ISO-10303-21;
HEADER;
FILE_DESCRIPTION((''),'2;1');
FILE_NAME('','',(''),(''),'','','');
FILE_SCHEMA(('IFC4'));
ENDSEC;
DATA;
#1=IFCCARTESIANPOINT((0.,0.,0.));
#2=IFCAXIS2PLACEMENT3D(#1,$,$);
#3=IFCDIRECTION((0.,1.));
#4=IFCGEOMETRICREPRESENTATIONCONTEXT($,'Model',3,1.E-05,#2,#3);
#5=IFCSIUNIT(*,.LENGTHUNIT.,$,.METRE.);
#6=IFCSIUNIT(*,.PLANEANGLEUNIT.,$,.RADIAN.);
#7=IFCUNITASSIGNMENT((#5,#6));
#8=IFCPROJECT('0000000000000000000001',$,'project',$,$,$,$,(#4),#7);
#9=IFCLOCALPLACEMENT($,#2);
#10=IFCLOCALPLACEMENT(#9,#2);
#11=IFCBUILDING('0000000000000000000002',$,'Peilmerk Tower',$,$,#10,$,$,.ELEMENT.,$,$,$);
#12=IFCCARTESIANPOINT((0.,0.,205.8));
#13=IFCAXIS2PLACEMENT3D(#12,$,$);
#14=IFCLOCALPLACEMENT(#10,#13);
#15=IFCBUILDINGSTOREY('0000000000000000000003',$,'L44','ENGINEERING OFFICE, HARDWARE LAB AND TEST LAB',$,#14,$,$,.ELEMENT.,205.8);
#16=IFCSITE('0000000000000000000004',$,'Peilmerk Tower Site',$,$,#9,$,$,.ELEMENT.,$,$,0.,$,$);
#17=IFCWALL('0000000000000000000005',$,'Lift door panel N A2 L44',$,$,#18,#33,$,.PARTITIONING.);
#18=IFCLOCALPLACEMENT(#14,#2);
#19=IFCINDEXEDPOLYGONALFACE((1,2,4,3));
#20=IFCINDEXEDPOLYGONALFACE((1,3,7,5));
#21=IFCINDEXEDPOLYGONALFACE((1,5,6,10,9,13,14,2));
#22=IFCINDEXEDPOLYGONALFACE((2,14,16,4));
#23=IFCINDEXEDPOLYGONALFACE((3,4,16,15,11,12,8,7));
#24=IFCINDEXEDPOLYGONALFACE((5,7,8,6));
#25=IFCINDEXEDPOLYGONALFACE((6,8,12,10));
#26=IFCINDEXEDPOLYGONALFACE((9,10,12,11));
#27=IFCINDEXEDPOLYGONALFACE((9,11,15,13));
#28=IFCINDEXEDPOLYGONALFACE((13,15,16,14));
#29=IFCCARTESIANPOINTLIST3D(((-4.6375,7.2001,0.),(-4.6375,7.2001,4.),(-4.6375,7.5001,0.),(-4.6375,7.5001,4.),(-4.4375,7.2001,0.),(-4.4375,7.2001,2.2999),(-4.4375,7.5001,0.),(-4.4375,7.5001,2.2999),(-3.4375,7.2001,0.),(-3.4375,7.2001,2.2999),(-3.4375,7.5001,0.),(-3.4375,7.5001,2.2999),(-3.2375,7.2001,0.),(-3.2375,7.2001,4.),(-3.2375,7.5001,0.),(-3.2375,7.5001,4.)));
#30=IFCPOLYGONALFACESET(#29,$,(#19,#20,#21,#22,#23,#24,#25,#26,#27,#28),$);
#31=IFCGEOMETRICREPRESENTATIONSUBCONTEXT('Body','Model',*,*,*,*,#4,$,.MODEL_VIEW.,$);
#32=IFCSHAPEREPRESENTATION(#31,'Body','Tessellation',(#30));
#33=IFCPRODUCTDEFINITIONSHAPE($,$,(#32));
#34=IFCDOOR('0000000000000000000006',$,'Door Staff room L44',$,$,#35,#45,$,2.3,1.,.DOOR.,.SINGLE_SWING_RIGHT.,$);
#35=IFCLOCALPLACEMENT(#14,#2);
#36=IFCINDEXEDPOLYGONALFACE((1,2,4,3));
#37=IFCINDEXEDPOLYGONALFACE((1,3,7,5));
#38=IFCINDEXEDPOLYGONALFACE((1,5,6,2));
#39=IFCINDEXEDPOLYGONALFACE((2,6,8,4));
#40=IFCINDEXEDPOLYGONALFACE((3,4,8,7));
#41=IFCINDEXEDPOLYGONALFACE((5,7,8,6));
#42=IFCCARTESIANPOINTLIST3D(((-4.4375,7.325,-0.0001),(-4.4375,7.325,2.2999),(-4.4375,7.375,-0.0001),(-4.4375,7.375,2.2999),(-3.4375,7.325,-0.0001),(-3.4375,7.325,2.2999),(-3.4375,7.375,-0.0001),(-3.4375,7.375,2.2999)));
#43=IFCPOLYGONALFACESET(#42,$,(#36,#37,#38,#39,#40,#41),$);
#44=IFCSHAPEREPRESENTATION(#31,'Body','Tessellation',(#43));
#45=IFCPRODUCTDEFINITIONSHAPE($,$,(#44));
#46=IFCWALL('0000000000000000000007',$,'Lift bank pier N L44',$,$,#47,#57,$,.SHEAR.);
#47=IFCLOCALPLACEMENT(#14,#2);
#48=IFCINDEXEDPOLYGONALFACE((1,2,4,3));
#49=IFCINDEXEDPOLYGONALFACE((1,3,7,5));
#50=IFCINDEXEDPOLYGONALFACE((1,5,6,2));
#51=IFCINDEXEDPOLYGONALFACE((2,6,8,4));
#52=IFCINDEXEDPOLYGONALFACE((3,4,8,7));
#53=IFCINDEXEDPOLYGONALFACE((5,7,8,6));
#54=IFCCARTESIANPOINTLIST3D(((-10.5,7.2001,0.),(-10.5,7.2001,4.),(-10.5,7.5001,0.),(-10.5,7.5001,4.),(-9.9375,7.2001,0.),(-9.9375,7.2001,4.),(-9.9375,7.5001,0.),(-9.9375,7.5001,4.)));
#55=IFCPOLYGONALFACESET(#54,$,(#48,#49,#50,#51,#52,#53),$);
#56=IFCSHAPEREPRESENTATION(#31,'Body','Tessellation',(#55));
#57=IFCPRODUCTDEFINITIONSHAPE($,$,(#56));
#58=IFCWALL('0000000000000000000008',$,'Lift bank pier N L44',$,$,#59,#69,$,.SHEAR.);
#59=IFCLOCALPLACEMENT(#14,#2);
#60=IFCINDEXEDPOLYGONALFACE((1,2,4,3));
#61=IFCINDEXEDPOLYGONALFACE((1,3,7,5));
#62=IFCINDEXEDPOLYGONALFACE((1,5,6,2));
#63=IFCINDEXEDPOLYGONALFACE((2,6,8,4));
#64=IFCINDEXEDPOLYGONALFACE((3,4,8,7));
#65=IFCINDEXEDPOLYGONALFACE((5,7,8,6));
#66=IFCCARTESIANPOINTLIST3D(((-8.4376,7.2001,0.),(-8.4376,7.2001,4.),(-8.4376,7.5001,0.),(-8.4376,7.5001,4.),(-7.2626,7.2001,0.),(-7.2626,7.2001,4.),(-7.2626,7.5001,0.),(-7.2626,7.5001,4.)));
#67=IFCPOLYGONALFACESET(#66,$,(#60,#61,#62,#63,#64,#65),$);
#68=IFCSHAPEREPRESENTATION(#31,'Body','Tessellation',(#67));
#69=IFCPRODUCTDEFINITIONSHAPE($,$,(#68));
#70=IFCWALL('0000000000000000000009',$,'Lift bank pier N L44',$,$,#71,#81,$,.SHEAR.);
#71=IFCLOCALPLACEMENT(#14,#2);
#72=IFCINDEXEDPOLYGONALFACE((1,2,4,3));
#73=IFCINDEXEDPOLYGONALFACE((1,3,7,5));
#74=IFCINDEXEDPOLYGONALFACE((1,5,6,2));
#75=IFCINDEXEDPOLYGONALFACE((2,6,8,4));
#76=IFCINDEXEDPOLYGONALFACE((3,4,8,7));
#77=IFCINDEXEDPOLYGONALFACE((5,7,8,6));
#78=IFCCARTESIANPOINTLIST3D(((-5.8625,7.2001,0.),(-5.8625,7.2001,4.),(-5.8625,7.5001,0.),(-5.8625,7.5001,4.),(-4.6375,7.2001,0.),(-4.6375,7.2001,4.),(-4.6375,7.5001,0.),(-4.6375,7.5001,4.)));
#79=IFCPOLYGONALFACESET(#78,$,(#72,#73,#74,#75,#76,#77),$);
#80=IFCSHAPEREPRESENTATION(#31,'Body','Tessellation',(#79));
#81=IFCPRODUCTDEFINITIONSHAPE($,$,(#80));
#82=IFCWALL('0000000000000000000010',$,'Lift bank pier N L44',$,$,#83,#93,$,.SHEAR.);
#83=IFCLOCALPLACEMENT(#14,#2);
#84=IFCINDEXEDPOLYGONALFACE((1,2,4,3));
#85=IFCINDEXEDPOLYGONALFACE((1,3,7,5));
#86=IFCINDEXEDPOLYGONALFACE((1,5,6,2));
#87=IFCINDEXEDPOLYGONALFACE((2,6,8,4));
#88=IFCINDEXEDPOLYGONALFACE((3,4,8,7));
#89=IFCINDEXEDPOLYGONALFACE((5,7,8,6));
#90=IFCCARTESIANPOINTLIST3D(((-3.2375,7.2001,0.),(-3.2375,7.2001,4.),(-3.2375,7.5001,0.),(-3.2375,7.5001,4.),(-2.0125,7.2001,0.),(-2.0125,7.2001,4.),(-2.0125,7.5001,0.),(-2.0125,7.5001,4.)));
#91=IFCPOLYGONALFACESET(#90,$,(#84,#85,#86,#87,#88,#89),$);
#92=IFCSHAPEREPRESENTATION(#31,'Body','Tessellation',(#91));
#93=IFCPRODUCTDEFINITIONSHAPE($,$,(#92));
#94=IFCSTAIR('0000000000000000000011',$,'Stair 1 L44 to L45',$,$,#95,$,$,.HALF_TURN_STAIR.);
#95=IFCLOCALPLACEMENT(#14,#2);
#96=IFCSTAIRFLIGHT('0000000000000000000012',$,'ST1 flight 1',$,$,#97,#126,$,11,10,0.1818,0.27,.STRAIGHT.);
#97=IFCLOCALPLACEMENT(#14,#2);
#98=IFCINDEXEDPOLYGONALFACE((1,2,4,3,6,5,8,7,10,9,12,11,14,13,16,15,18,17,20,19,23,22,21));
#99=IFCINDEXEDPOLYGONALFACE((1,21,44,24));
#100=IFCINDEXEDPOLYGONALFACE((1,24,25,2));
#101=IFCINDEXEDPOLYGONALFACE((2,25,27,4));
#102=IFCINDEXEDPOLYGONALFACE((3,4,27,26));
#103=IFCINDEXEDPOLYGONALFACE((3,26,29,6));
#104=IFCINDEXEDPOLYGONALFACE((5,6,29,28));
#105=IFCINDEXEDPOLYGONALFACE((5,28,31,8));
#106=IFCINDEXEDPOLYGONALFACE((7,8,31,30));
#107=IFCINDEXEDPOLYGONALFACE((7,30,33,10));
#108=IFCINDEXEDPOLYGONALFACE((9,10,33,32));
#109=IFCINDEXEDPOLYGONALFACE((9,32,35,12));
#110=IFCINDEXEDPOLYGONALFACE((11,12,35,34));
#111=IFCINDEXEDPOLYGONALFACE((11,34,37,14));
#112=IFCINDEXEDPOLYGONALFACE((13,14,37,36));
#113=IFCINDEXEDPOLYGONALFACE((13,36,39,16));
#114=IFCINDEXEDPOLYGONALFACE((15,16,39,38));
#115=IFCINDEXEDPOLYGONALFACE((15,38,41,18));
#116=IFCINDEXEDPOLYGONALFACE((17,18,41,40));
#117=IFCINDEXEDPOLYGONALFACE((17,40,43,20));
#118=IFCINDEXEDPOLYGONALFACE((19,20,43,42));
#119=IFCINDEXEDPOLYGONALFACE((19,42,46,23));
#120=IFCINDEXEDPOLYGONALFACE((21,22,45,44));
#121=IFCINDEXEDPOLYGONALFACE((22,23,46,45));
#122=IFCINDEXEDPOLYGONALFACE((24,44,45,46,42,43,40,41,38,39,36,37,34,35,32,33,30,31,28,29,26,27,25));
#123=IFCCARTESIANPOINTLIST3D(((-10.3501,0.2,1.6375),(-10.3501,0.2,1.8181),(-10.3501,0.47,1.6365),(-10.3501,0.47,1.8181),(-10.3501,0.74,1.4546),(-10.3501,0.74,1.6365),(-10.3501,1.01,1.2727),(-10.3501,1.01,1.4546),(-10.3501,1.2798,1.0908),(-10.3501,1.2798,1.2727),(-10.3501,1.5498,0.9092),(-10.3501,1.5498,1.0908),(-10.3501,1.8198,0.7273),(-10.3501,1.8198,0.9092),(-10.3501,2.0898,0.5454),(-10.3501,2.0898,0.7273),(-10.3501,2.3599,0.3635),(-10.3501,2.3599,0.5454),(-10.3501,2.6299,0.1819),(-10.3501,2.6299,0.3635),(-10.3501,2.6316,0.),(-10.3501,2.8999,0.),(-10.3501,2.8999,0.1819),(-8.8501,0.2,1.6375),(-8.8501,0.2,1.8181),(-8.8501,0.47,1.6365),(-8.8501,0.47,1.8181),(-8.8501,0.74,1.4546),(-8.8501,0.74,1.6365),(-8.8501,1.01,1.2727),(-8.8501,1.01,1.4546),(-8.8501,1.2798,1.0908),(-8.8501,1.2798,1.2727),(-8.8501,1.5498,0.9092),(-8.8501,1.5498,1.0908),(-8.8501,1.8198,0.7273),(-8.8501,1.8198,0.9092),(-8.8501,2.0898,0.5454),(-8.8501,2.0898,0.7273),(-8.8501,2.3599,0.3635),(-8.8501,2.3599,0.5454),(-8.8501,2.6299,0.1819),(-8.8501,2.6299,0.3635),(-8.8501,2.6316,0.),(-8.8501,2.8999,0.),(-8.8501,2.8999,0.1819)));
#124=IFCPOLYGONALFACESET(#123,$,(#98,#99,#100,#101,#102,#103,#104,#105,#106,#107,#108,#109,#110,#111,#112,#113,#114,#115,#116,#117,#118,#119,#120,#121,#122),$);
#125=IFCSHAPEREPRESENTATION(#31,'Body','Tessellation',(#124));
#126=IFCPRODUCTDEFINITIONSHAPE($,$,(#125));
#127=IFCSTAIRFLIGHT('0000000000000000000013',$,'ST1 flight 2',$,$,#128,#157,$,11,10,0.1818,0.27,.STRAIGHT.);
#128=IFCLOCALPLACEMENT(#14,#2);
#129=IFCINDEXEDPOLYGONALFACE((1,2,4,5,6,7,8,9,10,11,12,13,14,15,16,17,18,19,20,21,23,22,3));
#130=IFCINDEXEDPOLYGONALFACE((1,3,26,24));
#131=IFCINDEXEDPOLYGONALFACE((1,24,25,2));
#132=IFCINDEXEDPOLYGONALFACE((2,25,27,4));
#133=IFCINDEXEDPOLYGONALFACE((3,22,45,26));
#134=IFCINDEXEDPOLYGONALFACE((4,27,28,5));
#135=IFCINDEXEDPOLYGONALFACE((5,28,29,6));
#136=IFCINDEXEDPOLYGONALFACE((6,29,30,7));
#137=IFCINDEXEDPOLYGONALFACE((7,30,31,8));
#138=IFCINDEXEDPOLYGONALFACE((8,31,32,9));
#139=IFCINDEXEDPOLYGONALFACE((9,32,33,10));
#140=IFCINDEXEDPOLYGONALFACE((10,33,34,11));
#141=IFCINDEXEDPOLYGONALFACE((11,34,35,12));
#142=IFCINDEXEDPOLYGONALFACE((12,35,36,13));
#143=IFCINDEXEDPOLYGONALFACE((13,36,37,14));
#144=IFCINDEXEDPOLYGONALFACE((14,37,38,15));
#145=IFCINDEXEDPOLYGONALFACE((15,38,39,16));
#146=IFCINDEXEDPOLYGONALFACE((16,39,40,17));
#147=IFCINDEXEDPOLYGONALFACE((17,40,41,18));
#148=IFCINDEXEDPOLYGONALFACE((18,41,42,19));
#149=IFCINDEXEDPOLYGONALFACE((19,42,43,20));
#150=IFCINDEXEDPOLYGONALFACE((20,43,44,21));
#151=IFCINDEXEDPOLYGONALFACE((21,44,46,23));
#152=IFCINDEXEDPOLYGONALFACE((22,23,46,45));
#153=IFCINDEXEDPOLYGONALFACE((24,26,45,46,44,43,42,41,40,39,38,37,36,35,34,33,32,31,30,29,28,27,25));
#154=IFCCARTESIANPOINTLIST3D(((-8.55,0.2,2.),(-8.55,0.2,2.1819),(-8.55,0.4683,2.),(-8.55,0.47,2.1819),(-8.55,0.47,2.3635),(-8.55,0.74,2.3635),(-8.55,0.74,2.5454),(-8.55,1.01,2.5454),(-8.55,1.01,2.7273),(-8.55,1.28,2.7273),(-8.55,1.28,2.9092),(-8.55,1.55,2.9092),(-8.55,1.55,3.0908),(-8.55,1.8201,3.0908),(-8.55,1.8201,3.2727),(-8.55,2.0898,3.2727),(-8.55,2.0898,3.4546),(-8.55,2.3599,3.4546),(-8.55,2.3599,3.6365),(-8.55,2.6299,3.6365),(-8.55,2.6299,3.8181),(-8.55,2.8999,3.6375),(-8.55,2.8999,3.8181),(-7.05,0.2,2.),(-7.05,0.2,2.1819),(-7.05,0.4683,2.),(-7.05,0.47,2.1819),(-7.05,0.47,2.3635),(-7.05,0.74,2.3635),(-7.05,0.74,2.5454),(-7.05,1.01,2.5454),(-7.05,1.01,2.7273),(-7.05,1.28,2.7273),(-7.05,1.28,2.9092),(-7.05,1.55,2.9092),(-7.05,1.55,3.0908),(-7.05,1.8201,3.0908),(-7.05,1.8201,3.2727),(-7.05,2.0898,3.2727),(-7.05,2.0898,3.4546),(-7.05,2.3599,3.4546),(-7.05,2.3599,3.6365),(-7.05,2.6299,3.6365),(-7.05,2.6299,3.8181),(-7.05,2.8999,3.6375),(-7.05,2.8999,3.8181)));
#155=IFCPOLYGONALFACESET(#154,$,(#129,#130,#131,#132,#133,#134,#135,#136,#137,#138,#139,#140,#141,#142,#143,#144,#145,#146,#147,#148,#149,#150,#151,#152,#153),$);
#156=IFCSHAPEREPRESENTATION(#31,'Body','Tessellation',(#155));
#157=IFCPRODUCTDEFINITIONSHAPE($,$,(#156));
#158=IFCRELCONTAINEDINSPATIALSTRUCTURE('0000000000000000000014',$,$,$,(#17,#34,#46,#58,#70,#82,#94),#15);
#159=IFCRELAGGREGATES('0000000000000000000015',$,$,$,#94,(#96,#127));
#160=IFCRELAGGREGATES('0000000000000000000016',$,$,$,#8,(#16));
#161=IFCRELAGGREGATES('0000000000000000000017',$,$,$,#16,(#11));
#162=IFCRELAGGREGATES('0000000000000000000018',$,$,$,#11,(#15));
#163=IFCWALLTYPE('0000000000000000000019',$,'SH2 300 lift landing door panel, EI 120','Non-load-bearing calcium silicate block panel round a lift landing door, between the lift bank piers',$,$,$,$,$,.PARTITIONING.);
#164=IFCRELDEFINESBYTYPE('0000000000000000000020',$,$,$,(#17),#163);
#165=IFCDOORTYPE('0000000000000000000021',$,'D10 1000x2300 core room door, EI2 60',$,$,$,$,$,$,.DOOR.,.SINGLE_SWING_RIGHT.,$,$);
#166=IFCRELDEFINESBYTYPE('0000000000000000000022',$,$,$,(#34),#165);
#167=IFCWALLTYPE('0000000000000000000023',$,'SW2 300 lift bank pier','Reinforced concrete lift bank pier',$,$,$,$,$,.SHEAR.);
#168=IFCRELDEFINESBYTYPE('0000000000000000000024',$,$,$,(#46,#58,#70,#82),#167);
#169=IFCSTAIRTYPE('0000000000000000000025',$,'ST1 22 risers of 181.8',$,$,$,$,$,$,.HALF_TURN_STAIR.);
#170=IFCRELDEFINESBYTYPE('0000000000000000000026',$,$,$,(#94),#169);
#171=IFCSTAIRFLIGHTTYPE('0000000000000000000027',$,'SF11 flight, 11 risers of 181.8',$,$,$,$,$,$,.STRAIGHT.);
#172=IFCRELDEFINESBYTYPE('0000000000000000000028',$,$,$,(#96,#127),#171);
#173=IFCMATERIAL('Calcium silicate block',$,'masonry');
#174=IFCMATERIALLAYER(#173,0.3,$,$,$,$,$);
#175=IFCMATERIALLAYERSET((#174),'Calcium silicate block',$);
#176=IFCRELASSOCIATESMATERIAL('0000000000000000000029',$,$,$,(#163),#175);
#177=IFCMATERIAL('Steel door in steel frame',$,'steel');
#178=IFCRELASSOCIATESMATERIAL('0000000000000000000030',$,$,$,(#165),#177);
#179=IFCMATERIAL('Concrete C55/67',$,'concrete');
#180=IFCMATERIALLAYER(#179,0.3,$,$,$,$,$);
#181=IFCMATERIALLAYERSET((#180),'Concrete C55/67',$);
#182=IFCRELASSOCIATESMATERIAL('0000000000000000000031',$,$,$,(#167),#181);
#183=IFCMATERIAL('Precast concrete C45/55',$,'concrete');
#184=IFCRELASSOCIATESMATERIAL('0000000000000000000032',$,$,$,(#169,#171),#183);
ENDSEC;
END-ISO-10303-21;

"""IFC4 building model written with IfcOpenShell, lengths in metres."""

from ifc_helpers import new_model, si_unit, direction, frame, frame_2d, origin, place, context, subcontext, project, spatial, polyline, rectangle, outline, extrude, material, layer, layer_set, type_object, element, fill, aggregate, save


model = new_model("IFC4")

# Units and contexts
model_context = context("Model", 3, precision=1e-05, world=origin(), true_north=direction((0.0, 1.0)))
body_context = subcontext(model_context, "Body", "Model", "MODEL_VIEW")
ifc_project = project(units=[si_unit("LENGTHUNIT", "METRE"), si_unit("PLANEANGLEUNIT", "RADIAN")], contexts=[model_context])

# Site, building, storey
site_placement = place(None, origin())
site = spatial("IfcSite", under=ifc_project, at=site_placement, Name="Peilmerk Tower Site", CompositionType="ELEMENT", RefElevation=0.0)
building_placement = place(site_placement, origin())
building = spatial("IfcBuilding", under=site, at=building_placement, Name="Peilmerk Tower", CompositionType="ELEMENT")
storey_placement = place(building_placement, frame((0.0, 0.0, 205.8)))
storey = spatial("IfcBuildingStorey", under=building, at=storey_placement, Name="L44", Description="ENGINEERING OFFICE, HARDWARE LAB AND TEST LAB", CompositionType="ELEMENT", Elevation=205.8)

# Shared definitions
ifc_material_1 = material(Name="Concrete C55/67", Category="concrete")

# Shared definitions
ifc_material_2 = material(Name="Calcium silicate block", Category="masonry")

# Shared definitions
ifc_material_3 = material(Name="Steel door in steel frame", Category="steel")

# Shared definitions
ifc_layer_1 = layer(ifc_material_2, 0.3)
ifc_layer_set_1 = layer_set([ifc_layer_1], Name="Calcium silicate block")
wall_type_1 = type_object("IfcWallType", Name="SH2 300 lift landing door panel, EI 120", Description="Non-load-bearing calcium silicate block panel round a lift landing door, between the lift bank piers", PredefinedType="PARTITIONING", material=ifc_layer_set_1)

# Wall, opening, door
wall_1_placement = place(storey_placement, frame((-4.6375, 7.3501, 0.0), z_axis=(0.0, 0.0, 1.0), x_axis=(1.0, 0.0, 0.0)))
wall_1 = element("IfcWall", 1, at=wall_1_placement, inside=storey, type_object=wall_type_1, Name="Lift door panel N A2 L44", PredefinedType="PARTITIONING", context=body_context, shape_type="SweptSolid", body=[
    extrude(rectangle(XDim=1.3999, YDim=0.3, at=frame_2d((0.7, 0.0))), origin(), (0.0, 0.0, 1.0), 4.0),
])
opening_1_placement = place(wall_1_placement, frame((0.2, 0.0, 0.0)))
opening_1 = element("IfcOpeningElement", 2, at=opening_1_placement, cuts=wall_1, PredefinedType="OPENING", context=body_context, shape_type="SweptSolid", body=[
    extrude(rectangle(XDim=1.0, YDim=2.3, at=frame_2d((0.5, 1.1499))), frame((0.0, 0.1599, 0.0), z_axis=(0.0, -1.0, 0.0), x_axis=(1.0, 0.0, 0.0)), (0.0, 0.0, 1.0), 0.3201),
])
door_type_1 = type_object("IfcDoorType", Name="D10 1000x2300 core room door, EI2 60", OperationType="SINGLE_SWING_RIGHT", PredefinedType="DOOR", material=ifc_material_3)
door_1_placement = place(opening_1_placement, origin())
door_1 = element("IfcDoor", 3, at=door_1_placement, inside=storey, type_object=door_type_1, Name="Door Staff room L44", OperationType="SINGLE_SWING_RIGHT", OverallHeight=2.3, OverallWidth=1.0, PredefinedType="DOOR", context=body_context, shape_type="SweptSolid", body=[
    extrude(rectangle(XDim=1.0, YDim=2.3, at=frame_2d((0.5, 1.1499))), frame((0.0, 0.0249, 0.0), z_axis=(0.0, -1.0, 0.0), x_axis=(1.0, 0.0, 0.0)), (0.0, 0.0, 1.0), 0.05),
])
fill(opening_1, door_1)

# Walls
ifc_layer_2 = layer(ifc_material_1, 0.3)
ifc_layer_set_2 = layer_set([ifc_layer_2], Name="Concrete C55/67")
wall_type_2 = type_object("IfcWallType", Name="SW2 300 lift bank pier", Description="Reinforced concrete lift bank pier", PredefinedType="SHEAR", material=ifc_layer_set_2)
wall_2_placement = place(storey_placement, frame((-10.5, 7.3501, 0.0), z_axis=(0.0, 0.0, 1.0), x_axis=(1.0, 0.0, 0.0)))
element("IfcWall", 4, at=wall_2_placement, inside=storey, type_object=wall_type_2, Name="Lift bank pier N L44", PredefinedType="SHEAR", context=body_context, shape_type="SweptSolid", body=[
    extrude(rectangle(XDim=0.5625, YDim=0.3, at=frame_2d((0.2812, 0.0))), origin(), (0.0, 0.0, 1.0), 4.0),
])
wall_3_placement = place(storey_placement, frame((-8.4375, 7.3501, 0.0), z_axis=(0.0, 0.0, 1.0), x_axis=(1.0, 0.0, 0.0)))
element("IfcWall", 5, at=wall_3_placement, inside=storey, type_object=wall_type_2, Name="Lift bank pier N L44", PredefinedType="SHEAR", context=body_context, shape_type="SweptSolid", body=[
    extrude(rectangle(XDim=1.175, YDim=0.3, at=frame_2d((0.5874, 0.0))), origin(), (0.0, 0.0, 1.0), 4.0),
])
for number, where, z_axis, x_axis, name in (
    (6, (-5.8625, 7.3501, 0.0), (0.0, 0.0, 1.0), (1.0, 0.0, 0.0), "Lift bank pier N L44"),
    (7, (-3.2375, 7.3501, 0.0), (0.0, 0.0, 1.0), (1.0, 0.0, 0.0), "Lift bank pier N L44"),
):
    element("IfcWall", number, at=place(storey_placement, frame(where, z_axis=z_axis, x_axis=x_axis)), inside=storey, type_object=wall_type_2, Name=name, PredefinedType="SHEAR", context=body_context, shape_type="SweptSolid", body=[
        extrude(rectangle(XDim=1.2251, YDim=0.3, at=frame_2d((0.6125, 0.0))), origin(), (0.0, 0.0, 1.0), 4.0),
    ])

# Stair, stair flights
ifc_material_4 = material(Name="Precast concrete C45/55", Category="concrete")
stair_type = type_object("IfcStairType", Name="ST1 22 risers of 181.8", PredefinedType="HALF_TURN_STAIR", material=ifc_material_4)
stair_placement = place(storey_placement, origin())
stair = element("IfcStair", 8, at=stair_placement, inside=storey, type_object=stair_type, Name="Stair 1 L44 to L45", PredefinedType="HALF_TURN_STAIR")
stair_flight_type = type_object("IfcStairFlightType", Name="SF11 flight, 11 risers of 181.8", PredefinedType="STRAIGHT", material=ifc_material_4)
stair_flight_1_placement = place(storey_placement, frame((-9.6001, 2.8999, 0.0), z_axis=(0.0, 0.0, 1.0), x_axis=(0.0, -1.0, 0.0)))
stair_flight_1 = element("IfcStairFlight", 9, at=stair_flight_1_placement, type_object=stair_flight_type, Name="ST1 flight 1", NumberOfRisers=11, NumberOfTreads=10, PredefinedType="STRAIGHT", RiserHeight=0.1818, TreadLength=0.27, context=body_context, shape_type="SweptSolid", body=[
    extrude(outline(polyline([(0.0, 0.0), (0.0, 0.1819), (0.27, 0.1819), (0.27, 0.3635), (0.54, 0.3635), (0.54, 0.5454), (0.8101, 0.5454), (0.8101, 0.7273), (1.0801, 0.7273), (1.0801, 0.9092), (1.3501, 0.9092), (1.3501, 1.0908), (1.6201, 1.0908), (1.6201, 1.2727), (1.8899, 1.2727), (1.8899, 1.4546), (2.1599, 1.4546), (2.1599, 1.6365), (2.4299, 1.6365), (2.4299, 1.8181), (2.7, 1.8181), (2.7, 2.0), (2.7, 1.6375), (0.2683, 0.0), (0.0, 0.0)])), frame((0.0, 0.75, 0.0), z_axis=(0.0, -1.0, 0.0), x_axis=(1.0, 0.0, 0.0)), (0.0, 0.0, 1.0), 1.5),
])
stair_flight_2_placement = place(storey_placement, frame((-7.8, 0.2, 2.0), z_axis=(0.0, 0.0, 1.0), x_axis=(0.0, 1.0, 0.0)))
stair_flight_2 = element("IfcStairFlight", 10, at=stair_flight_2_placement, type_object=stair_flight_type, Name="ST1 flight 2", NumberOfRisers=11, NumberOfTreads=10, PredefinedType="STRAIGHT", RiserHeight=0.1818, TreadLength=0.27, context=body_context, shape_type="SweptSolid", body=[
    extrude(outline(polyline([(0.0, 0.0), (0.0, 0.1819), (0.27, 0.1819), (0.27, 0.3635), (0.54, 0.3635), (0.54, 0.5454), (0.8101, 0.5454), (0.8101, 0.7273), (1.0801, 0.7273), (1.0801, 0.9092), (1.3501, 0.9092), (1.3501, 1.0908), (1.6201, 1.0908), (1.6201, 1.2727), (1.8899, 1.2727), (1.8899, 1.4546), (2.1599, 1.4546), (2.1599, 1.6365), (2.4299, 1.6365), (2.4299, 1.8181), (2.7, 1.8181), (2.7, 2.0), (2.7, 1.6375), (0.2683, 0.0), (0.0, 0.0)])), frame((0.0, 0.75, 0.0), z_axis=(0.0, -1.0, 0.0), x_axis=(1.0, 0.0, 0.0)), (0.0, 0.0, 1.0), 1.5),
])
aggregate(stair, [stair_flight_1, stair_flight_2])

save(model, "model.ifc")
